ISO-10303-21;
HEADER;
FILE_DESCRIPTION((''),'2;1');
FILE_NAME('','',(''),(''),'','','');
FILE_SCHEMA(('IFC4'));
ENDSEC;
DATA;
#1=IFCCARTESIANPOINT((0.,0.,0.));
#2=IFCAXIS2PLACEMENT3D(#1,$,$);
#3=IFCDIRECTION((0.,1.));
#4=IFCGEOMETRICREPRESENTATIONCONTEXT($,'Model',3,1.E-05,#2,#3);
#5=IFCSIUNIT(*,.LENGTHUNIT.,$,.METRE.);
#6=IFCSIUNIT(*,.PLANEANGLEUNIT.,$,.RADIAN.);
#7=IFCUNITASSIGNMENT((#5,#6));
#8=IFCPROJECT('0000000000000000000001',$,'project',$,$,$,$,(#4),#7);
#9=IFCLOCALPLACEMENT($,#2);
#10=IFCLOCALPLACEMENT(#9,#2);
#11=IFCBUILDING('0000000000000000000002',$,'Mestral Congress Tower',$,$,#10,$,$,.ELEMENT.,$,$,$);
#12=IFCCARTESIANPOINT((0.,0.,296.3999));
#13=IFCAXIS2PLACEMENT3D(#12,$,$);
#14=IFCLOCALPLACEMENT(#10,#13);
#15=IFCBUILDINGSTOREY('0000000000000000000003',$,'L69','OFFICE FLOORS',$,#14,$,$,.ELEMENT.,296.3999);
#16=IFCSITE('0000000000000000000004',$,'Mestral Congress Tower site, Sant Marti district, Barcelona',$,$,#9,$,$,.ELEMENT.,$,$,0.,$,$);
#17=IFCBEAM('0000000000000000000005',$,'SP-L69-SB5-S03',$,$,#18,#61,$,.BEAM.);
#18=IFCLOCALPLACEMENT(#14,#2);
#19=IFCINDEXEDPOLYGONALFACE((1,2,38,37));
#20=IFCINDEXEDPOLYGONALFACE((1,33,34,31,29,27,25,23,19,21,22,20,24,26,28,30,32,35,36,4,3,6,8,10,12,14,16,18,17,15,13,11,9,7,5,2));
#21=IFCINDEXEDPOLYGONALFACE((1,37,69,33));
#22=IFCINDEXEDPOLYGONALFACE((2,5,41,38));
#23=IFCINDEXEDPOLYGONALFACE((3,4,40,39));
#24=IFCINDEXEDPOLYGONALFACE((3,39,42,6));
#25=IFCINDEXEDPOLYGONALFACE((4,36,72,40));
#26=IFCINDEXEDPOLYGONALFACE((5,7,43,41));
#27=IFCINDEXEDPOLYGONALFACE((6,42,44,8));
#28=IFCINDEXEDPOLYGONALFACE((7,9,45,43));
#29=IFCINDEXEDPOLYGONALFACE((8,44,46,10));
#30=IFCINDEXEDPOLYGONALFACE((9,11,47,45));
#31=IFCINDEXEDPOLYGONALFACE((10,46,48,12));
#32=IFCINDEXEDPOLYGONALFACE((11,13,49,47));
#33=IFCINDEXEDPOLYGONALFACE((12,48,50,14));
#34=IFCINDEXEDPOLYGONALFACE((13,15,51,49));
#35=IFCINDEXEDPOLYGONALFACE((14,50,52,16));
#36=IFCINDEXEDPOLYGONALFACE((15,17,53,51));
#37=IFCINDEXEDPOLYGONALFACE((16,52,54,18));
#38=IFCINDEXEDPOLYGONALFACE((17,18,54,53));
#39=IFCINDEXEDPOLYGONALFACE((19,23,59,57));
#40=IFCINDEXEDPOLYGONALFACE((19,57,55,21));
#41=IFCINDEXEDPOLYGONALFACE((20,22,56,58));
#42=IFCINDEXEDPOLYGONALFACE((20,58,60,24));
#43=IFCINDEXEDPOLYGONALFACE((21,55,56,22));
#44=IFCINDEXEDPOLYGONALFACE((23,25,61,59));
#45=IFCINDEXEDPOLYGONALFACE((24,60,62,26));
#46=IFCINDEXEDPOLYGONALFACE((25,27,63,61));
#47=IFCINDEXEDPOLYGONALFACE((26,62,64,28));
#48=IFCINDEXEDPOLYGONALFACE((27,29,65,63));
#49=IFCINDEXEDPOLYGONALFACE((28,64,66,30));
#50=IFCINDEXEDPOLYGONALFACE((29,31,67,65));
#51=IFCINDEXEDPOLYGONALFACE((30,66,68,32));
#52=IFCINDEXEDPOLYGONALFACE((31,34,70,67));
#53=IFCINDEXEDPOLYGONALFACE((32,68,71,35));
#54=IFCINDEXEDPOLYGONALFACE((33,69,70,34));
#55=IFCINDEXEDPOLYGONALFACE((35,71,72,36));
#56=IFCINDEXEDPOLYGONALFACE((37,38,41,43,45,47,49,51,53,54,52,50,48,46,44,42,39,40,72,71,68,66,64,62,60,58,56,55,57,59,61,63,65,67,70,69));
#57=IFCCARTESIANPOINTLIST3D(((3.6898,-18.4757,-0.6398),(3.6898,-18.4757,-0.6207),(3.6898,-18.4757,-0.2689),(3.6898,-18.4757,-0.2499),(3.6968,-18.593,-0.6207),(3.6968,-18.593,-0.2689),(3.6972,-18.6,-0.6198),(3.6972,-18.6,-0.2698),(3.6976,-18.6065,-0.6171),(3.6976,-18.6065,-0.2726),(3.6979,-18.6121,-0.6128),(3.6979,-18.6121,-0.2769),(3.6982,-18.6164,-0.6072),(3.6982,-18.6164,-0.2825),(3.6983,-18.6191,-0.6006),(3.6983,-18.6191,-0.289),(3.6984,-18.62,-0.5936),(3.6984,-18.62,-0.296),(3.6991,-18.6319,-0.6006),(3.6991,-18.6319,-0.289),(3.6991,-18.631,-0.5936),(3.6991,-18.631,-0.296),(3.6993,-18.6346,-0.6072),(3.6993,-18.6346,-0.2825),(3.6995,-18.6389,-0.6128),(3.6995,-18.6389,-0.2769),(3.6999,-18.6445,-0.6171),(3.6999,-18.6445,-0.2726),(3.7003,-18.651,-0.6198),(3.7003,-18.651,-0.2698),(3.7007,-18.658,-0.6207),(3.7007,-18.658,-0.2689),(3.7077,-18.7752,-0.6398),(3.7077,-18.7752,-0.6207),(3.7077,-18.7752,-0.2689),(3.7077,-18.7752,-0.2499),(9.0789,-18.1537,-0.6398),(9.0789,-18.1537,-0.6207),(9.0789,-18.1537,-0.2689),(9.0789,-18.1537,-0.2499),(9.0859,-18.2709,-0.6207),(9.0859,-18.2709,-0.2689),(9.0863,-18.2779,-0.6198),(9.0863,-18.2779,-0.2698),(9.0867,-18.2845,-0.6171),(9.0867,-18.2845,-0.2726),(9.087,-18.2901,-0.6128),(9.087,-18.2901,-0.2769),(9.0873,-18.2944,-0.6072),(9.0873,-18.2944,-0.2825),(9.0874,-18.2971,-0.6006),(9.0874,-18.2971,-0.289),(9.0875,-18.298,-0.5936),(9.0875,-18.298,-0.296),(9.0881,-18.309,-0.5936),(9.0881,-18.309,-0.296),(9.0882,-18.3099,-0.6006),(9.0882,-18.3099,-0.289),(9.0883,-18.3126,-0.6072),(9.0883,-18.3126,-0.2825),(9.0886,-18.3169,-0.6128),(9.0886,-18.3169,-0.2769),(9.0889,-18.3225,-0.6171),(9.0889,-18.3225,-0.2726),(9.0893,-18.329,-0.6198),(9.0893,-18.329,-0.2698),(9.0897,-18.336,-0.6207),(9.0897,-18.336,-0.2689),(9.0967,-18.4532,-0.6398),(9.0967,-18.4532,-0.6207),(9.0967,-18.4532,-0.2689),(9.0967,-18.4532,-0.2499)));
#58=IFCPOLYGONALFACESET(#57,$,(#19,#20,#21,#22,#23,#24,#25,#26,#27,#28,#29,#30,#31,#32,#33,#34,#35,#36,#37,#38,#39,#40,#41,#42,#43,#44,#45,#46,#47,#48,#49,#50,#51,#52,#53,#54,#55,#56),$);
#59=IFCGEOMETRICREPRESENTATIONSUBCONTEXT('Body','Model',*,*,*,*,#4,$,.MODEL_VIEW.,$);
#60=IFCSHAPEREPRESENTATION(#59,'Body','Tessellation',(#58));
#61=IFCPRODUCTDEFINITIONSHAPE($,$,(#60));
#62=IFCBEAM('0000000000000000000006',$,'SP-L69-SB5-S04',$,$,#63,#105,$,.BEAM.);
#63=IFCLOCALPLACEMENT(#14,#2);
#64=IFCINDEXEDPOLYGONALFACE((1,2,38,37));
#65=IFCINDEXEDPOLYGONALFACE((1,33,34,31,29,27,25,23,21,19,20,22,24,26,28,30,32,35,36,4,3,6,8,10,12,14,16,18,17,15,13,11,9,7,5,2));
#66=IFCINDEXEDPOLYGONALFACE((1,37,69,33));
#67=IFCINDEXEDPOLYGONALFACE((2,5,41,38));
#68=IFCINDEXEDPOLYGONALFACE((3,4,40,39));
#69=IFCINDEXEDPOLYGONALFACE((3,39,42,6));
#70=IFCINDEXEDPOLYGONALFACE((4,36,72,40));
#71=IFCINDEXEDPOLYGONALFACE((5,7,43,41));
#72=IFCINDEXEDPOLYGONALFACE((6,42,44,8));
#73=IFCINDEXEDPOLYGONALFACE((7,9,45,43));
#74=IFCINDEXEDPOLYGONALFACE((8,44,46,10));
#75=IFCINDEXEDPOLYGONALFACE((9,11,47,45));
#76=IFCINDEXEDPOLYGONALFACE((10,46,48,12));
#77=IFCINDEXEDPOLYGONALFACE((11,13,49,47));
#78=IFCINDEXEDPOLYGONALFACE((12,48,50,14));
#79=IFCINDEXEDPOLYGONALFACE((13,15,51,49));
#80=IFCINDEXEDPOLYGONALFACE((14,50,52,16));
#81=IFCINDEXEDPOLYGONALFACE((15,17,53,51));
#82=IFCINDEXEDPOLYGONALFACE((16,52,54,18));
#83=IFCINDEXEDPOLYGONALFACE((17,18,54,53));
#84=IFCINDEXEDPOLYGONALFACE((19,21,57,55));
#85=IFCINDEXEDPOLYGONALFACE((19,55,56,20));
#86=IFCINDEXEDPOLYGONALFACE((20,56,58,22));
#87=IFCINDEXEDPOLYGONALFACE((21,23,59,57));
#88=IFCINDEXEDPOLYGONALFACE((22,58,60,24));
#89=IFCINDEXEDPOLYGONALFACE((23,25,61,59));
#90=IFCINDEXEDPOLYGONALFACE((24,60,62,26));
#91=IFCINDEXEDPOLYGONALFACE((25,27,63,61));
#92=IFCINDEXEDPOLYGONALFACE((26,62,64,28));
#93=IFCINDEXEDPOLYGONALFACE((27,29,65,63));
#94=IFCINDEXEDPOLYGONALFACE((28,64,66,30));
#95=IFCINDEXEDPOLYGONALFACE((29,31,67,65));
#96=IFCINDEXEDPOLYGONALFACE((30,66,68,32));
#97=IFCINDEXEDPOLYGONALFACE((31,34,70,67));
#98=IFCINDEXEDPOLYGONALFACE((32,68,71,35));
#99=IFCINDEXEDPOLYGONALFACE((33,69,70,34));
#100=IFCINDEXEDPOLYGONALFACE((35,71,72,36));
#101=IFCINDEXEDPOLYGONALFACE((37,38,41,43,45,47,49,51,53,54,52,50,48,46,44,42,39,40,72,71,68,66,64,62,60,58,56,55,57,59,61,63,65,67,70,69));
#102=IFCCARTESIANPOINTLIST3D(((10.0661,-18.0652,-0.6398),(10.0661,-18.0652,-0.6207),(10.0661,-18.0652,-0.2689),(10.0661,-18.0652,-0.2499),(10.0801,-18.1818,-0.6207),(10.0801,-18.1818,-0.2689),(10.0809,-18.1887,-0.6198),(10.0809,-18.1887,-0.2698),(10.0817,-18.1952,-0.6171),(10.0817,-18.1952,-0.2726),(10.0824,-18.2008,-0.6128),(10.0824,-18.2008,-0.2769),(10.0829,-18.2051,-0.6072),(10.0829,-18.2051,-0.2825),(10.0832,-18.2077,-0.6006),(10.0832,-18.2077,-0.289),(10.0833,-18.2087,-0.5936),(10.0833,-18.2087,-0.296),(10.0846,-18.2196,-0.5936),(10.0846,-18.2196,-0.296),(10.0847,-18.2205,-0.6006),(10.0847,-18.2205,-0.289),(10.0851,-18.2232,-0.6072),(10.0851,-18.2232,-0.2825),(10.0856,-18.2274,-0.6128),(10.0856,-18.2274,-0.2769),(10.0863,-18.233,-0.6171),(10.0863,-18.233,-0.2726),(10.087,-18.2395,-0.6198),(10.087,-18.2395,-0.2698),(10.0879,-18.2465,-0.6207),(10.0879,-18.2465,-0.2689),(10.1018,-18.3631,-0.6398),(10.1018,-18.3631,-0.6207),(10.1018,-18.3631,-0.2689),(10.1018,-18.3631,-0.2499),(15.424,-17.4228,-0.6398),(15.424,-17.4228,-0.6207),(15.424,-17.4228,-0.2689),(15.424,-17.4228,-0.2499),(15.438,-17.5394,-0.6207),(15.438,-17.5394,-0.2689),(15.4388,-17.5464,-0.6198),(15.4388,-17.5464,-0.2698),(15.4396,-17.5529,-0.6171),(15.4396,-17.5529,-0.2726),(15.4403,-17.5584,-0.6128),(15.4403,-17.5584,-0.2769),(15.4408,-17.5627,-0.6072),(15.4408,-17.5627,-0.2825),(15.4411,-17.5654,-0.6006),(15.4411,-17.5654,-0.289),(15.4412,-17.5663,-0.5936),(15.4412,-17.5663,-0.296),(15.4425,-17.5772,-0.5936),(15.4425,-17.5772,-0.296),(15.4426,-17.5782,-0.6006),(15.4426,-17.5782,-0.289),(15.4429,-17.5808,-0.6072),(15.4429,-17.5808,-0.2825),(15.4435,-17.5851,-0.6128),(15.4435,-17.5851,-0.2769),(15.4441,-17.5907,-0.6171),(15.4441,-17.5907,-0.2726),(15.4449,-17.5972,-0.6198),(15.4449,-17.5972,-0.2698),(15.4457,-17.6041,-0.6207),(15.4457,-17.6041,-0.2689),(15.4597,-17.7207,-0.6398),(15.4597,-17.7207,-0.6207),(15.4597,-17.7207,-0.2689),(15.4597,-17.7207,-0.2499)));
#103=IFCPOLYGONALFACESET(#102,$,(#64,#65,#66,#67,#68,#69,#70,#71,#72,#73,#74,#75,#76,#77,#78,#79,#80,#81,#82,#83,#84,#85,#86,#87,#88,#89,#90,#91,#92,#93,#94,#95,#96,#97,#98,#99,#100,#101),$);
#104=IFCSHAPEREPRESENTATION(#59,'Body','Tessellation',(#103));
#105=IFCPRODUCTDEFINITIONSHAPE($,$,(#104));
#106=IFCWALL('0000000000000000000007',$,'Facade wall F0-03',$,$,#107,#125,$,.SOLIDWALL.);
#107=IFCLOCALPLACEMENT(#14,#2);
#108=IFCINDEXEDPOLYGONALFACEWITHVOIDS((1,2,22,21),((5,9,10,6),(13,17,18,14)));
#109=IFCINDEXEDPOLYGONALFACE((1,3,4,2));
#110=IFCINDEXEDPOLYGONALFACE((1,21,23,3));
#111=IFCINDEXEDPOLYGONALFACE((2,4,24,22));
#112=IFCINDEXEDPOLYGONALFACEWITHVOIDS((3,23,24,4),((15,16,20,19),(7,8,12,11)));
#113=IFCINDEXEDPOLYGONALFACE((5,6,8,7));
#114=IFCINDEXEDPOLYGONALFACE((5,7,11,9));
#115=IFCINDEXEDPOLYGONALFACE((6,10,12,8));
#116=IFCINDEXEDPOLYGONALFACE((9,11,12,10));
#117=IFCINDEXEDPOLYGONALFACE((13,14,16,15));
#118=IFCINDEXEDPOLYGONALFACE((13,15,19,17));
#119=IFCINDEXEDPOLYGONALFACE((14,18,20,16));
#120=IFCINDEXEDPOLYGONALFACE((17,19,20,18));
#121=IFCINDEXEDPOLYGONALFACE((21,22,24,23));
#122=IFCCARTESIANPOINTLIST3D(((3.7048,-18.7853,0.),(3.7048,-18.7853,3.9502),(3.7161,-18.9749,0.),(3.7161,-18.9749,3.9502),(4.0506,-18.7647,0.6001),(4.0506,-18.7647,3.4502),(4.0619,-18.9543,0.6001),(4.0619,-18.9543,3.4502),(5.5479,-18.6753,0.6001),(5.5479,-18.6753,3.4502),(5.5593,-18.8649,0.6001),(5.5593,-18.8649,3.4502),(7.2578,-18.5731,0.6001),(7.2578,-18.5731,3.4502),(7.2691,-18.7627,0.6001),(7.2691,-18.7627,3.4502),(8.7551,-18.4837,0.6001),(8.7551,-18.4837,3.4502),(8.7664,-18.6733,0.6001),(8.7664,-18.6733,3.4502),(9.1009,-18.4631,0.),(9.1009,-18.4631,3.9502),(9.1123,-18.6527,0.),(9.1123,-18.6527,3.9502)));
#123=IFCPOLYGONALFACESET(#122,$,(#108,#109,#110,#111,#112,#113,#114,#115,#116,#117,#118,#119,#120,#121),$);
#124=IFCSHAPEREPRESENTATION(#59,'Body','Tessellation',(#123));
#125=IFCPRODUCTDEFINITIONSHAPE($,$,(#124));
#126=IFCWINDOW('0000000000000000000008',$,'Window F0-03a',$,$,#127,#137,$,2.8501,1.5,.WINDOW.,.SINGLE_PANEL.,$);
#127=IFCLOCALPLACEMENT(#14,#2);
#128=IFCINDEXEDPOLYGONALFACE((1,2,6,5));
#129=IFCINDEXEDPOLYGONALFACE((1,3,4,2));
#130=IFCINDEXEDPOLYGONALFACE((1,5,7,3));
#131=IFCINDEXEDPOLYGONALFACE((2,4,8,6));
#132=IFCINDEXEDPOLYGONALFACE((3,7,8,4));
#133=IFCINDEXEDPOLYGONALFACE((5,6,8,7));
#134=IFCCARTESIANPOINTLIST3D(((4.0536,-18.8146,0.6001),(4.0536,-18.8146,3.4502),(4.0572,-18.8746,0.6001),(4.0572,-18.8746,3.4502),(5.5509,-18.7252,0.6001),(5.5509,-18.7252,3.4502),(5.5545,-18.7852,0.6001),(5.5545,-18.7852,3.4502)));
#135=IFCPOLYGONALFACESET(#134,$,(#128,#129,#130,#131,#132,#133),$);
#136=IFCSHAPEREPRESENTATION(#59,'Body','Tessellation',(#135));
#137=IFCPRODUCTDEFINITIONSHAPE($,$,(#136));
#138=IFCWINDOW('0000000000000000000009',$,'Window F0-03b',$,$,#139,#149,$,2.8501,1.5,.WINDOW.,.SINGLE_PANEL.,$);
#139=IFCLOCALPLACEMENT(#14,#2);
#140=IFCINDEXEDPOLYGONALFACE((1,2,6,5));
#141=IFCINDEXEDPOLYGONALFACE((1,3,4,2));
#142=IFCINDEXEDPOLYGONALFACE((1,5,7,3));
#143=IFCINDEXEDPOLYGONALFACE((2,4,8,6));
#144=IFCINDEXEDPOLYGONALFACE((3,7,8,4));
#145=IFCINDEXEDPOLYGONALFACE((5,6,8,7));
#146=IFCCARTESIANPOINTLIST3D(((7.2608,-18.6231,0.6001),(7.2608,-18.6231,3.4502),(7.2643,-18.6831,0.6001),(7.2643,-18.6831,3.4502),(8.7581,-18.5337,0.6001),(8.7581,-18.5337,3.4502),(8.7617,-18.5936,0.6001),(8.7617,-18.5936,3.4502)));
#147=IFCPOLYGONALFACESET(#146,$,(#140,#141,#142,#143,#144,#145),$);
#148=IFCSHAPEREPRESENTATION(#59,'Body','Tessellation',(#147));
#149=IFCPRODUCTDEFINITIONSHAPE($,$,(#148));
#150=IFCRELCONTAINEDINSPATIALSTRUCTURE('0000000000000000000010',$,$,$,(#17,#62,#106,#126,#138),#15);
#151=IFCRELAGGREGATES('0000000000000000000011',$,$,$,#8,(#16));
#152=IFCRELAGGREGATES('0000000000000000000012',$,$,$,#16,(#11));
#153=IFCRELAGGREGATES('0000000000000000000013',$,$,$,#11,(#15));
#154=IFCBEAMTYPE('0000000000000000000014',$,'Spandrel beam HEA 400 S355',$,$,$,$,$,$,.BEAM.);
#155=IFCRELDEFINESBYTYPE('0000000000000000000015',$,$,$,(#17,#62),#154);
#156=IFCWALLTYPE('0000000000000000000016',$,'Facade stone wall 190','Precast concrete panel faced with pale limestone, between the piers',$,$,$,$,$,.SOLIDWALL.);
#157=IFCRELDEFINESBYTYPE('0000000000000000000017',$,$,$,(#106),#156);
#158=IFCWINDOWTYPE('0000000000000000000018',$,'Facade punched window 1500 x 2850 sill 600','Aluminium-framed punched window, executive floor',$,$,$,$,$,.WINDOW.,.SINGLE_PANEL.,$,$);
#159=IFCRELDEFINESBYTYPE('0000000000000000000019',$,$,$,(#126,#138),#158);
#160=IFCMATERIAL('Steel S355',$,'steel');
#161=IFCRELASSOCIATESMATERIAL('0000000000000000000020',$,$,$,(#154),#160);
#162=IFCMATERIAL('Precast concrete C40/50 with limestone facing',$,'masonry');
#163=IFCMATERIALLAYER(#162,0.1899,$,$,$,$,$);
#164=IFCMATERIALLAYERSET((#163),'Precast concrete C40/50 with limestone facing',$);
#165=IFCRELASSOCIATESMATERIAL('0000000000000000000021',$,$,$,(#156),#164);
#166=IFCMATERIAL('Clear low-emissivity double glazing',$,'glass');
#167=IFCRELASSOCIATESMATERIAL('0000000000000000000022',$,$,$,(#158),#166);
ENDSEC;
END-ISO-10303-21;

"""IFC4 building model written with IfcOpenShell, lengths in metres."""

from ifc_helpers import new_model, si_unit, direction, frame, frame_2d, origin, origin_2d, place, context, subcontext, project, spatial, rectangle, i_section, extrude, material, layer, layer_set, material_profile, profile_set, type_object, element, fill, save


model = new_model("IFC4")

# Units and contexts
model_context = context("Model", 3, precision=1e-05, world=origin(), true_north=direction((0.0, 1.0)))
body_context = subcontext(model_context, "Body", "Model", "MODEL_VIEW")
ifc_project = project(units=[si_unit("LENGTHUNIT", "METRE"), si_unit("PLANEANGLEUNIT", "RADIAN")], contexts=[model_context])

# Site, building, storey
site_placement = place(None, origin())
site = spatial("IfcSite", under=ifc_project, at=site_placement, Name="Mestral Congress Tower site, Sant Marti district, Barcelona", CompositionType="ELEMENT", RefElevation=0.0)
building_placement = place(site_placement, origin())
building = spatial("IfcBuilding", under=site, at=building_placement, Name="Mestral Congress Tower", CompositionType="ELEMENT")
storey_placement = place(building_placement, frame((0.0, 0.0, 296.3999)))
storey = spatial("IfcBuildingStorey", under=building, at=storey_placement, Name="L69", Description="OFFICE FLOORS", CompositionType="ELEMENT", Elevation=296.3999)

# Beams
ifc_material_1 = material(Name="Steel S355", Category="steel")
ifc_material_profile_1 = material_profile(ifc_material_1, i_section(OverallWidth=0.3, OverallDepth=0.3899, WebThickness=0.011, FlangeThickness=0.019, FilletRadius=0.0271, at=origin_2d()), Name="HEA 400")
ifc_profile_set_1 = profile_set([ifc_material_profile_1], Name="Steel S355")
beam_type_1 = type_object("IfcBeamType", Name="Spandrel beam HEA 400 S355", PredefinedType="BEAM", material=ifc_profile_set_1)
beam_1_placement = place(storey_placement, frame((3.6987, -18.6255, -0.4448), z_axis=(0.99822, 0.059647, 0.0), x_axis=(-0.059647, 0.99822, 0.0)))
element("IfcBeam", 1, at=beam_1_placement, inside=storey, type_object=beam_type_1, Name="SP-L69-SB5-S03", PredefinedType="BEAM", context=body_context, shape_type="SweptSolid", body=[
    extrude(i_section(OverallWidth=0.3, OverallDepth=0.3899, WebThickness=0.011, FlangeThickness=0.019, FilletRadius=0.0271, at=origin_2d()), origin(), (0.0, 0.0, 1.0), 5.3987),
])
beam_2_placement = place(storey_placement, frame((10.084, -18.2141, -0.4448), z_axis=(0.99289, 0.119033, 0.0), x_axis=(-0.119033, 0.99289, 0.0)))
element("IfcBeam", 2, at=beam_2_placement, inside=storey, type_object=beam_type_1, Name="SP-L69-SB5-S04", PredefinedType="BEAM", context=body_context, shape_type="SweptSolid", body=[
    extrude(i_section(OverallWidth=0.3, OverallDepth=0.3899, WebThickness=0.011, FlangeThickness=0.019, FilletRadius=0.0271, at=origin_2d()), origin(), (0.0, 0.0, 1.0), 5.3962),
])

# Wall, openings, windows
ifc_material_2 = material(Name="Precast concrete C40/50 with limestone facing", Category="masonry")
ifc_layer_1 = layer(ifc_material_2, 0.1899)
ifc_layer_set_1 = layer_set([ifc_layer_1], Name="Precast concrete C40/50 with limestone facing")
wall_type_1 = type_object("IfcWallType", Name="Facade stone wall 190", Description="Precast concrete panel faced with pale limestone, between the piers", PredefinedType="SOLIDWALL", material=ifc_layer_set_1)
wall_1_placement = place(storey_placement, frame((3.7104, -18.8801, 0.0), z_axis=(0.0, 0.0, 1.0), x_axis=(0.998221, 0.059614, 0.0)))
wall_1 = element("IfcWall", 3, at=wall_1_placement, inside=storey, type_object=wall_type_1, Name="Facade wall F0-03", PredefinedType="SOLIDWALL", context=body_context, shape_type="SweptSolid", body=[
    extrude(rectangle(XDim=5.4058, YDim=0.1899, at=frame_2d((2.7029, 0.0))), origin(), (0.0, 0.0, 1.0), 3.9502),
])
opening_1_placement = place(wall_1_placement, frame((0.3464, 0.0, 0.6001)))
opening_1 = element("IfcOpeningElement", 4, at=opening_1_placement, cuts=wall_1, PredefinedType="OPENING", context=body_context, shape_type="SweptSolid", body=[
    extrude(rectangle(XDim=1.5, YDim=2.8501, at=frame_2d((0.75, 1.425))), frame((0.0, 0.105, 0.0), z_axis=(0.0, -1.0, 0.0), x_axis=(1.0, 0.0, 0.0)), (0.0, 0.0, 1.0), 0.21),
])
opening_2_placement = place(wall_1_placement, frame((3.5593, 0.0, 0.6001)))
opening_2 = element("IfcOpeningElement", 5, at=opening_2_placement, cuts=wall_1, PredefinedType="OPENING", context=body_context, shape_type="SweptSolid", body=[
    extrude(rectangle(XDim=1.5, YDim=2.8501, at=frame_2d((0.75, 1.425))), frame((0.0, 0.105, 0.0), z_axis=(0.0, -1.0, 0.0), x_axis=(1.0, 0.0, 0.0)), (0.0, 0.0, 1.0), 0.21),
])
ifc_material_3 = material(Name="Clear low-emissivity double glazing", Category="glass")
window_type = type_object("IfcWindowType", Name="Facade punched window 1500 x 2850 sill 600", Description="Aluminium-framed punched window, executive floor", PartitioningType="SINGLE_PANEL", PredefinedType="WINDOW", material=ifc_material_3)
window_1_placement = place(opening_1_placement, origin())
window_1 = element("IfcWindow", 6, at=window_1_placement, inside=storey, type_object=window_type, Name="Window F0-03a", OverallHeight=2.8501, OverallWidth=1.5, PartitioningType="SINGLE_PANEL", PredefinedType="WINDOW", context=body_context, shape_type="SweptSolid", body=[
    extrude(rectangle(XDim=1.5, YDim=2.8501, at=frame_2d((0.75, 1.425))), frame((0.0, 0.0449, 0.0), z_axis=(0.0, -1.0, 0.0), x_axis=(1.0, 0.0, 0.0)), (0.0, 0.0, 1.0), 0.0601),
])
fill(opening_1, window_1)
window_2_placement = place(opening_2_placement, origin())
window_2 = element("IfcWindow", 7, at=window_2_placement, inside=storey, type_object=window_type, Name="Window F0-03b", OverallHeight=2.8501, OverallWidth=1.5, PartitioningType="SINGLE_PANEL", PredefinedType="WINDOW", context=body_context, shape_type="SweptSolid", body=[
    extrude(rectangle(XDim=1.5, YDim=2.8501, at=frame_2d((0.75, 1.425))), frame((0.0, 0.0449, 0.0), z_axis=(0.0, -1.0, 0.0), x_axis=(1.0, 0.0, 0.0)), (0.0, 0.0, 1.0), 0.0601),
])
fill(opening_2, window_2)

save(model, "model.ifc")
